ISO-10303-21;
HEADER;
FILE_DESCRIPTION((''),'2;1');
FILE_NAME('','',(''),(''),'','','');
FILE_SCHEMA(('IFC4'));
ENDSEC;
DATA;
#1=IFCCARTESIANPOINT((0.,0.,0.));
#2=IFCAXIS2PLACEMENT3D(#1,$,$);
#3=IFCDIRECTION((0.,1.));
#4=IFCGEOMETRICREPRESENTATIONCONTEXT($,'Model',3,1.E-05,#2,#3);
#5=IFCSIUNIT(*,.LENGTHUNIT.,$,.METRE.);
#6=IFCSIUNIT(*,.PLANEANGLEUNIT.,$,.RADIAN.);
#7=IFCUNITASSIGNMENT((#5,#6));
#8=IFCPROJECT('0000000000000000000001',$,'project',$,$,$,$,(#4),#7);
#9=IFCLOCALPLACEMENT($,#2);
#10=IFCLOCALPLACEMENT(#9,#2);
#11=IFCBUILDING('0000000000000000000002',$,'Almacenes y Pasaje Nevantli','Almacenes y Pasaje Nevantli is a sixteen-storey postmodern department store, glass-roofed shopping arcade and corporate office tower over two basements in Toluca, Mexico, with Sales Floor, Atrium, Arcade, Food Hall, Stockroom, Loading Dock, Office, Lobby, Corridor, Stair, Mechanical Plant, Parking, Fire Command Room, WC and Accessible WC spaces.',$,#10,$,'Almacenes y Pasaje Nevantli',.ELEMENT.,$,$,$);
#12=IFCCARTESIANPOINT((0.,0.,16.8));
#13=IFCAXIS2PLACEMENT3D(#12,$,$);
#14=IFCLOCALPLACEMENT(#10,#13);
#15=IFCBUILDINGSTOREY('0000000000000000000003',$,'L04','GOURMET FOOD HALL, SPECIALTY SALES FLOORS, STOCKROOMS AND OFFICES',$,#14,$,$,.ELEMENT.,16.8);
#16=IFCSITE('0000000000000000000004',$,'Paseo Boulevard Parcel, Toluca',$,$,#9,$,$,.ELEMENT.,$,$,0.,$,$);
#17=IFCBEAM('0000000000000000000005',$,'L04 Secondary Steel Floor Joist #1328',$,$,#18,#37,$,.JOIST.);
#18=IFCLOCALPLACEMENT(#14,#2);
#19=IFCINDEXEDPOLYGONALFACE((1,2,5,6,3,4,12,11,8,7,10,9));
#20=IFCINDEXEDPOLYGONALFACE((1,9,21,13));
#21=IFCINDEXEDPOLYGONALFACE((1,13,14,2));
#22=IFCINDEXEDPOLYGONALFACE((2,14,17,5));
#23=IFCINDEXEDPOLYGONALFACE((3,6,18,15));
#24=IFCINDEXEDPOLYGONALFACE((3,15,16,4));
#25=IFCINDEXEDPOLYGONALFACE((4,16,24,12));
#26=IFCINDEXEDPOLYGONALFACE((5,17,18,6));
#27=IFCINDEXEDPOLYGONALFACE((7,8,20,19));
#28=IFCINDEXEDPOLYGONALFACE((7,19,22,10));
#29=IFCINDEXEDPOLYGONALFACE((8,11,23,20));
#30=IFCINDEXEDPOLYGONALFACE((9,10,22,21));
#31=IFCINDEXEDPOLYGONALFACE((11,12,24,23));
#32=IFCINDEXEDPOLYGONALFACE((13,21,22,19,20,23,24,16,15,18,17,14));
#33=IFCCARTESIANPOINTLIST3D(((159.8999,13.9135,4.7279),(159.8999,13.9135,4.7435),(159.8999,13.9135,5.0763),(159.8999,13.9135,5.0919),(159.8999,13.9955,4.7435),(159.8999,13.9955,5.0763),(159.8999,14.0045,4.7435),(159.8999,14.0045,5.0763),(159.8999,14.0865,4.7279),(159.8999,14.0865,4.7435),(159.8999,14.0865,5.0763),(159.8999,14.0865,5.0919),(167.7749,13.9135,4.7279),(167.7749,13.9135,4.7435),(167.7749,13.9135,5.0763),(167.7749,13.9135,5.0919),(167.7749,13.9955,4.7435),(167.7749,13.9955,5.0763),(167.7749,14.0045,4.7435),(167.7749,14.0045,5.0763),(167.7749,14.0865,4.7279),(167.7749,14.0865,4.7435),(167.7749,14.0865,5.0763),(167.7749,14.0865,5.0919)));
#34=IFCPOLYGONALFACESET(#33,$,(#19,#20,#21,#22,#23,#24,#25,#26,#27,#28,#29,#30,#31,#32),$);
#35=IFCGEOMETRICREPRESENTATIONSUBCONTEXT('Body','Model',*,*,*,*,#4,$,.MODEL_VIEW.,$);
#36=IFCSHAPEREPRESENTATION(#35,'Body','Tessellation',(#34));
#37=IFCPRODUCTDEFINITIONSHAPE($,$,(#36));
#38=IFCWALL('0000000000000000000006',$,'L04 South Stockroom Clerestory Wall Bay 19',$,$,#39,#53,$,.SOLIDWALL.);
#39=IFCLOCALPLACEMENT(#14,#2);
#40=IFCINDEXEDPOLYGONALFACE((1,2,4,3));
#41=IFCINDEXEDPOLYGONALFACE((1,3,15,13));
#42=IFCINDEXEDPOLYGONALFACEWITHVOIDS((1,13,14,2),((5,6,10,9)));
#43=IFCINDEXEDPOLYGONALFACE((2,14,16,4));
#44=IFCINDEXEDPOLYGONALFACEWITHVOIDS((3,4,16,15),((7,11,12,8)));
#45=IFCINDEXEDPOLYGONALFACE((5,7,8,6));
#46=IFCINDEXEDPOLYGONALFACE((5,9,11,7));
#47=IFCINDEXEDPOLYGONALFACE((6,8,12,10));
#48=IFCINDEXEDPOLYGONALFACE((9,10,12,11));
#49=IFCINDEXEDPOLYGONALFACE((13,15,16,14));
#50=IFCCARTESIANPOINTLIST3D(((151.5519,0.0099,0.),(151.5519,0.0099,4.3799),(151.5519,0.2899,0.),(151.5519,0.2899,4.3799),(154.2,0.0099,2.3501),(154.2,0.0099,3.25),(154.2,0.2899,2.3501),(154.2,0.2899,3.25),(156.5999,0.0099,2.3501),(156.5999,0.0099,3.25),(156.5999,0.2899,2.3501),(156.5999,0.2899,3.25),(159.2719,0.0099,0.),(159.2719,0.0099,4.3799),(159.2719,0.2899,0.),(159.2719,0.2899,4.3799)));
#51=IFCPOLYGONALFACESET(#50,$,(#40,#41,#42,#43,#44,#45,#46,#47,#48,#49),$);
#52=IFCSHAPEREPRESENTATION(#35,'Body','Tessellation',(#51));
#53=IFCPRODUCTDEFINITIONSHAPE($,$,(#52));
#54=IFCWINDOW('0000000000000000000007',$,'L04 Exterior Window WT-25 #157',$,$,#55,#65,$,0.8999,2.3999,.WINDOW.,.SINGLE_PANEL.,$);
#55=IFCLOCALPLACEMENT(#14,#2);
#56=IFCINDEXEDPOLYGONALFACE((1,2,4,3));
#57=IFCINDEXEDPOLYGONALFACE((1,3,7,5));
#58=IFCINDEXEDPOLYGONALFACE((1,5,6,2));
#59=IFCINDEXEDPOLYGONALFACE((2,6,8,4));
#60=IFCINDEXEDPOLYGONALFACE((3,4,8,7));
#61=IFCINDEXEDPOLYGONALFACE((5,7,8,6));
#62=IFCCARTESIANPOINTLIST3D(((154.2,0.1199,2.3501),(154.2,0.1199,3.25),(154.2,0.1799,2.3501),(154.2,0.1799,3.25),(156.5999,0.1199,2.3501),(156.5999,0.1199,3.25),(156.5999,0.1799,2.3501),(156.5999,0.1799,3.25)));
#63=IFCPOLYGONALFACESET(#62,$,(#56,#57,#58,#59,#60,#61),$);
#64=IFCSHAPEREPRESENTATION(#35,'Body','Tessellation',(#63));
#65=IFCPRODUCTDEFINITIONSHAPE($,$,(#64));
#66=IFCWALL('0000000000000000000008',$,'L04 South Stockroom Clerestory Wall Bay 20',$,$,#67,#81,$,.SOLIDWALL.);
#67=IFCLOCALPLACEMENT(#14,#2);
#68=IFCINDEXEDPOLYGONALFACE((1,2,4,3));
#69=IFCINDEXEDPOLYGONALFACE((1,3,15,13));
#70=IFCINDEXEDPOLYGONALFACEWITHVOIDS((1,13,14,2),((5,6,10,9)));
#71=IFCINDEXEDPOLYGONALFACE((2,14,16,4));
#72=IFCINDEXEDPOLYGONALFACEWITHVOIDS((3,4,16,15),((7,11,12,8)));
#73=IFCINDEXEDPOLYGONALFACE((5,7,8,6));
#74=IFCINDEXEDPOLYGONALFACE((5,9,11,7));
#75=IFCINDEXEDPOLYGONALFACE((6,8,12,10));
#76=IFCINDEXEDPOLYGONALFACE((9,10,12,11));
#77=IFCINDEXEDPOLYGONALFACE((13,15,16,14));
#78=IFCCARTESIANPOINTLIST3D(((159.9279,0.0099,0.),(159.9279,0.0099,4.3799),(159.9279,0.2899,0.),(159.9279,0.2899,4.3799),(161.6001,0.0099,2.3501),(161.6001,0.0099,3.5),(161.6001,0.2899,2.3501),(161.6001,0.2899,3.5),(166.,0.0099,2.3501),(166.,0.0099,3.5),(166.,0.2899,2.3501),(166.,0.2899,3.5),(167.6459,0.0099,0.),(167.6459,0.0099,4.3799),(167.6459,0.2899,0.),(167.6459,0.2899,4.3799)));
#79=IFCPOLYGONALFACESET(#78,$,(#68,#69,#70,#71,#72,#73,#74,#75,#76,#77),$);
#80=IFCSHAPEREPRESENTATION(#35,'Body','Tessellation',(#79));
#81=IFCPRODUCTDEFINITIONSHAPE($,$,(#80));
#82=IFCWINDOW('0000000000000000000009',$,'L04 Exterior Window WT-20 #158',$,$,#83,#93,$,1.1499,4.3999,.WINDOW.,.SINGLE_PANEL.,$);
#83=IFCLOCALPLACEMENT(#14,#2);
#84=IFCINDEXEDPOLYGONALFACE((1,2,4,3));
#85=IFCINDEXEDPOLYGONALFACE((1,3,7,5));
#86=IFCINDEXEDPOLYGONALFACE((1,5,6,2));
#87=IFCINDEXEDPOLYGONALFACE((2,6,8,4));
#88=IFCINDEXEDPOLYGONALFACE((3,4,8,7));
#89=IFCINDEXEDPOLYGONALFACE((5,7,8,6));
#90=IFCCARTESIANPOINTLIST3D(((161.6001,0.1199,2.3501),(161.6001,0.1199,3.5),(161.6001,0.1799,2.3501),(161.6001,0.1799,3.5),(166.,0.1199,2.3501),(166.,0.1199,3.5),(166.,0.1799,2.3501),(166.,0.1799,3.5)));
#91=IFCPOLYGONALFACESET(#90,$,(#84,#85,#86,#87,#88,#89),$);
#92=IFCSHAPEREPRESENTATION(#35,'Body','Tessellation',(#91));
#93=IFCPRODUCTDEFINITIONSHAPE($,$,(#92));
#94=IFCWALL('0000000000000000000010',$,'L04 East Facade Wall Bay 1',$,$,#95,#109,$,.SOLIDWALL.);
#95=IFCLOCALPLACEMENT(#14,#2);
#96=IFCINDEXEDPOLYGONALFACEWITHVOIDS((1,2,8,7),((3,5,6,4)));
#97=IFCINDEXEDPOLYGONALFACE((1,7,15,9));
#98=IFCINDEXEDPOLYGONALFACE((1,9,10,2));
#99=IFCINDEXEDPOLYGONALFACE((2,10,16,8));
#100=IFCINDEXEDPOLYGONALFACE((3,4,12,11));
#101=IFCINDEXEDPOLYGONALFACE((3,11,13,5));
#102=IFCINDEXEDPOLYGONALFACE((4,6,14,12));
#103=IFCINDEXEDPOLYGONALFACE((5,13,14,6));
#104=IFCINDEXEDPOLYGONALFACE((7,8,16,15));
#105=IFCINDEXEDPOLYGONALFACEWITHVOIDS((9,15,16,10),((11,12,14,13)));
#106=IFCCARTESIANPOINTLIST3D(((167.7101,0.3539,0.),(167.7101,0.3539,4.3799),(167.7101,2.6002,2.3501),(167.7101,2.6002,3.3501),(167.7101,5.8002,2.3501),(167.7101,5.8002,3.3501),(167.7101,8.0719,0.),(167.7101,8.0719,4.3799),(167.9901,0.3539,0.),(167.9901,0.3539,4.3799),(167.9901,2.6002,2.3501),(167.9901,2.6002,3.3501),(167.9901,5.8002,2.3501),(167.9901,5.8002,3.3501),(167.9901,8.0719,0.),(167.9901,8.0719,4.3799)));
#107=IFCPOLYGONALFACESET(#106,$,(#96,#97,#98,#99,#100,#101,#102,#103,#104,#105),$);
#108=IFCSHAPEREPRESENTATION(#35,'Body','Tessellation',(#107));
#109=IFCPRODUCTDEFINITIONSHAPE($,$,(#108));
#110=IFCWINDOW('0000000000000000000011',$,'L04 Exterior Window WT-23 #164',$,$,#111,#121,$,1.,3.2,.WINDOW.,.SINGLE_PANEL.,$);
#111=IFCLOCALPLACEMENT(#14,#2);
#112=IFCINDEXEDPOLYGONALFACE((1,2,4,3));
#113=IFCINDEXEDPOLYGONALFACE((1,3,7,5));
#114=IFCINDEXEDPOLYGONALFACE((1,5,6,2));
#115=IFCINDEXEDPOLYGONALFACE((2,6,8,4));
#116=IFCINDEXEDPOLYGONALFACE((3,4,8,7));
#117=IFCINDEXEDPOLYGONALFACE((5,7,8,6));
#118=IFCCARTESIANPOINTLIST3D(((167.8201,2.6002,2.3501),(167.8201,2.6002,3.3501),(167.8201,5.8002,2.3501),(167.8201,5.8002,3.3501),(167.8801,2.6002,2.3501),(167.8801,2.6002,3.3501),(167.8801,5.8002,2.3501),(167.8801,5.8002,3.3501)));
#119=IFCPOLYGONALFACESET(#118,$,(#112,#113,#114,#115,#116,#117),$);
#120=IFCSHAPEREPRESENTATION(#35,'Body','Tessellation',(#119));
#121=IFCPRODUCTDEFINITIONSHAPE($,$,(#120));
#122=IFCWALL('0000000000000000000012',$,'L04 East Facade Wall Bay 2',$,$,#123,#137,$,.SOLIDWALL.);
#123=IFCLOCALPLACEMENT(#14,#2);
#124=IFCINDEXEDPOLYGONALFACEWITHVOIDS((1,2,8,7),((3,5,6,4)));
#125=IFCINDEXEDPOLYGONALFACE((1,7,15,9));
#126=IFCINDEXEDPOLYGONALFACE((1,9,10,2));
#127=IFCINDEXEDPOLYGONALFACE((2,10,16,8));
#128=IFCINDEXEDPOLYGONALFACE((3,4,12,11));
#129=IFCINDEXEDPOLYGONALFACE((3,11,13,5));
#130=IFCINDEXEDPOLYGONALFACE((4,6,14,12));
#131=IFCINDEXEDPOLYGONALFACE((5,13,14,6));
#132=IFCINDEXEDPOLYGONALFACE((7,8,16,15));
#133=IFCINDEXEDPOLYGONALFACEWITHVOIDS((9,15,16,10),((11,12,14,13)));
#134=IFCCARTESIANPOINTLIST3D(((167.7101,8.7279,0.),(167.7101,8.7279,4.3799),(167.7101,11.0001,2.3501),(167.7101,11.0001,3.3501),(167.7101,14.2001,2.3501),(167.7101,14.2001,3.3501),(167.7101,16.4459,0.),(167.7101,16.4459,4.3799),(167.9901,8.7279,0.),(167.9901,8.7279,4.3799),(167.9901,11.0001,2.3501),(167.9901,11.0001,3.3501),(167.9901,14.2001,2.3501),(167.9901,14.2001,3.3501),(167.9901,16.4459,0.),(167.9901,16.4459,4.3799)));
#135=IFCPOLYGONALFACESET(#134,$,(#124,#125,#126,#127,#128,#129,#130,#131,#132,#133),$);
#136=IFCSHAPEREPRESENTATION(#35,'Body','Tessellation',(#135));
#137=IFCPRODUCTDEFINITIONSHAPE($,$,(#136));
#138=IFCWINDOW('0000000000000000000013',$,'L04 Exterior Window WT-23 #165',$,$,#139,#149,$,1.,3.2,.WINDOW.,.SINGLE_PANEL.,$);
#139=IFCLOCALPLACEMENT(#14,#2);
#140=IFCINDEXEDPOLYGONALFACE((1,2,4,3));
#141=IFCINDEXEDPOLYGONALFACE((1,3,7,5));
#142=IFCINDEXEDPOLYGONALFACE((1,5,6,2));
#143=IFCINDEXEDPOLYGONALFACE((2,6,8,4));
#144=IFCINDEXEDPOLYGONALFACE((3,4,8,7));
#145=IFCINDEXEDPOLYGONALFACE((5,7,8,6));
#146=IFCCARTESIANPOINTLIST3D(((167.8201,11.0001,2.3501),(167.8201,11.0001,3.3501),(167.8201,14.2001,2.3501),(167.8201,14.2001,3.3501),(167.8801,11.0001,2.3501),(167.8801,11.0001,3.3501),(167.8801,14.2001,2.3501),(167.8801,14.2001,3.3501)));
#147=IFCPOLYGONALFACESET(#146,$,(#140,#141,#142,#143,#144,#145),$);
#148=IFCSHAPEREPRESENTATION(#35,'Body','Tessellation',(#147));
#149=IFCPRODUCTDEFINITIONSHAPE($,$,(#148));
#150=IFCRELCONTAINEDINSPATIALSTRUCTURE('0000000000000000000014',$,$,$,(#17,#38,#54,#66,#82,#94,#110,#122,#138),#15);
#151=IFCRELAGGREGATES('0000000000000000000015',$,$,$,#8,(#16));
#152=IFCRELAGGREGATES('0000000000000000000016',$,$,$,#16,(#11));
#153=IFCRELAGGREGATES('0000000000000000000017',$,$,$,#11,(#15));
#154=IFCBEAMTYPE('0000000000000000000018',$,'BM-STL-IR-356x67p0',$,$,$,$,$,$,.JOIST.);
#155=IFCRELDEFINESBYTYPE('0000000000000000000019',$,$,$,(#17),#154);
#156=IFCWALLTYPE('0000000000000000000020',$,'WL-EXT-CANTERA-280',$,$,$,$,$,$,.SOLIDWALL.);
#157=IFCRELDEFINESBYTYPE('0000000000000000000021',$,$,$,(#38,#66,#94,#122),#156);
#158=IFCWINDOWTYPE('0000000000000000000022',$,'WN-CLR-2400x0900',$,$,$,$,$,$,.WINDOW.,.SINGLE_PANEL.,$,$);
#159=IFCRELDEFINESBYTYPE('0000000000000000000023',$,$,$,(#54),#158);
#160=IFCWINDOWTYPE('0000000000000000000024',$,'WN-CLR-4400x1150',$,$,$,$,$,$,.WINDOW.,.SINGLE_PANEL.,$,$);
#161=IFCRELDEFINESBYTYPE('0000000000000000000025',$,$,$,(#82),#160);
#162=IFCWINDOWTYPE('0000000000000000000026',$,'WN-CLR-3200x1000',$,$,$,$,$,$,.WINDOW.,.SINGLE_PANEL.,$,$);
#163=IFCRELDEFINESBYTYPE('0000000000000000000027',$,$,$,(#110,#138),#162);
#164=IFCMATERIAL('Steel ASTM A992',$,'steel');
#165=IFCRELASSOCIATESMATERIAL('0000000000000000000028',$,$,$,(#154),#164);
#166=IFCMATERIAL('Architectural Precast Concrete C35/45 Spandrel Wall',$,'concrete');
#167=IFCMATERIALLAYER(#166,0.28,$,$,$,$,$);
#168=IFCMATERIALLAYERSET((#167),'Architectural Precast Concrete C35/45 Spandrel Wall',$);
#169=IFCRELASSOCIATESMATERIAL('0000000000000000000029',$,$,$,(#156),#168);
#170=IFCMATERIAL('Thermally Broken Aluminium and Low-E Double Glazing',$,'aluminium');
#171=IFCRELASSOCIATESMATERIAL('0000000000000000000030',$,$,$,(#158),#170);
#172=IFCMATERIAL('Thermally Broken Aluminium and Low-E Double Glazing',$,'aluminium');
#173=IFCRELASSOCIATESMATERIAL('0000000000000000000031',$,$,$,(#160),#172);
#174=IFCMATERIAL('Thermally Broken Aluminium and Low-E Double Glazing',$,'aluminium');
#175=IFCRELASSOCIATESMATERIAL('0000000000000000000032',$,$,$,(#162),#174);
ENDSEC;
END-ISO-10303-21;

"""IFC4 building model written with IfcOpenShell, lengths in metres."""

from ifc_helpers import new_model, si_unit, direction, frame, frame_2d, origin, origin_2d, place, context, subcontext, project, spatial, rectangle, i_section, extrude, material, layer, layer_set, material_profile, profile_set, type_object, element, fill, save


model = new_model("IFC4")

# Units and contexts
model_context = context("Model", 3, precision=1e-05, world=origin(), true_north=direction((0.0, 1.0)))
body_context = subcontext(model_context, "Body", "Model", "MODEL_VIEW")
ifc_project = project(units=[si_unit("LENGTHUNIT", "METRE"), si_unit("PLANEANGLEUNIT", "RADIAN")], contexts=[model_context])

# Site, building, storey
site_placement = place(None, origin())
site = spatial("IfcSite", under=ifc_project, at=site_placement, Name="Paseo Boulevard Parcel, Toluca", CompositionType="ELEMENT", RefElevation=0.0)
building_placement = place(site_placement, origin())
building = spatial("IfcBuilding", under=site, at=building_placement, Name="Almacenes y Pasaje Nevantli", Description="Almacenes y Pasaje Nevantli is a sixteen-storey postmodern department store, glass-roofed shopping arcade and corporate office tower over two basements in Toluca, Mexico, with Sales Floor, Atrium, Arcade, Food Hall, Stockroom, Loading Dock, Office, Lobby, Corridor, Stair, Mechanical Plant, Parking, Fire Command Room, WC and Accessible WC spaces.", LongName="Almacenes y Pasaje Nevantli", CompositionType="ELEMENT")
storey_placement = place(building_placement, frame((0.0, 0.0, 16.8)))
storey = spatial("IfcBuildingStorey", under=building, at=storey_placement, Name="L04", Description="GOURMET FOOD HALL, SPECIALTY SALES FLOORS, STOCKROOMS AND OFFICES", CompositionType="ELEMENT", Elevation=16.8)

# Beam
ifc_material_1 = material(Name="Steel ASTM A992", Category="steel")
ifc_material_profile_1 = material_profile(ifc_material_1, i_section(OverallWidth=0.1731, OverallDepth=0.364, WebThickness=0.009, FlangeThickness=0.0156, at=origin_2d()), Name="IR 356x67.0")
ifc_profile_set_1 = profile_set([ifc_material_profile_1], Name="Steel ASTM A992")
beam_type_1 = type_object("IfcBeamType", Name="BM-STL-IR-356x67p0", PredefinedType="JOIST", material=ifc_profile_set_1)
for number, where, z_axis, x_axis, name in (
    (1, (159.8999, 14.0, 4.9099), (1.0, 0.0, 0.0), (0.0, 1.0, 0.0), "L04 Secondary Steel Floor Joist #1328"),
):
    element("IfcBeam", number, at=place(storey_placement, frame(where, z_axis=z_axis, x_axis=x_axis)), inside=storey, type_object=beam_type_1, Name=name, PredefinedType="JOIST", context=body_context, shape_type="SweptSolid", body=[
        extrude(i_section(OverallWidth=0.1731, OverallDepth=0.364, WebThickness=0.009, FlangeThickness=0.0156, at=origin_2d()), origin(), (0.0, 0.0, 1.0), 7.875),
    ])

# Walls, openings, windows
ifc_material_2 = material(Name="Architectural Precast Concrete C35/45 Spandrel Wall", Category="concrete")
ifc_layer = layer(ifc_material_2, 0.28)
ifc_layer_set = layer_set([ifc_layer], Name="Architectural Precast Concrete C35/45 Spandrel Wall")
wall_type = type_object("IfcWallType", Name="WL-EXT-CANTERA-280", PredefinedType="SOLIDWALL", material=ifc_layer_set)
wall_1_placement = place(storey_placement, frame((151.552, 0.1499, 0.0), z_axis=(0.0, 0.0, 1.0), x_axis=(1.0, 0.0, 0.0)))
wall_1 = element("IfcWall", 2, at=wall_1_placement, inside=storey, type_object=wall_type, Name="L04 South Stockroom Clerestory Wall Bay 19", PredefinedType="SOLIDWALL", context=body_context, shape_type="SweptSolid", body=[
    extrude(rectangle(XDim=7.72, YDim=0.28, at=frame_2d((3.8599, 0.0))), origin(), (0.0, 0.0, 1.0), 4.3799),
])
opening_1_placement = place(wall_1_placement, frame((2.6479, 0.0, 2.3501)))
opening_1 = element("IfcOpeningElement", 3, at=opening_1_placement, cuts=wall_1, PredefinedType="OPENING", context=body_context, shape_type="SweptSolid", body=[
    extrude(rectangle(XDim=2.3999, YDim=0.8999, at=frame_2d((1.2, 0.45))), frame((0.0, 0.1499, 0.0), z_axis=(0.0, -1.0, 0.0), x_axis=(1.0, 0.0, 0.0)), (0.0, 0.0, 1.0), 0.3),
])
ifc_material_3 = material(Name="Thermally Broken Aluminium and Low-E Double Glazing", Category="aluminium")
window_type_1 = type_object("IfcWindowType", Name="WN-CLR-2400x0900", PartitioningType="SINGLE_PANEL", PredefinedType="WINDOW", material=ifc_material_3)
window_1_placement = place(opening_1_placement, origin())
window_1 = element("IfcWindow", 4, at=window_1_placement, inside=storey, type_object=window_type_1, Name="L04 Exterior Window WT-25 #157", OverallHeight=0.8999, OverallWidth=2.3999, PartitioningType="SINGLE_PANEL", PredefinedType="WINDOW", context=body_context, shape_type="SweptSolid", body=[
    extrude(rectangle(XDim=2.3999, YDim=0.8999, at=frame_2d((1.2, 0.45))), frame((0.0, 0.03, 0.0), z_axis=(0.0, -1.0, 0.0), x_axis=(1.0, 0.0, 0.0)), (0.0, 0.0, 1.0), 0.0601),
])
fill(opening_1, window_1)
wall_2_placement = place(storey_placement, frame((159.928, 0.1499, 0.0), z_axis=(0.0, 0.0, 1.0), x_axis=(1.0, 0.0, 0.0)))
wall_2 = element("IfcWall", 5, at=wall_2_placement, inside=storey, type_object=wall_type, Name="L04 South Stockroom Clerestory Wall Bay 20", PredefinedType="SOLIDWALL", context=body_context, shape_type="SweptSolid", body=[
    extrude(rectangle(XDim=7.718, YDim=0.28, at=frame_2d((3.8589, 0.0))), origin(), (0.0, 0.0, 1.0), 4.3799),
])
opening_2_placement = place(wall_2_placement, frame((1.6721, 0.0, 2.3501)))
opening_2 = element("IfcOpeningElement", 6, at=opening_2_placement, cuts=wall_2, PredefinedType="OPENING", context=body_context, shape_type="SweptSolid", body=[
    extrude(rectangle(XDim=4.3999, YDim=1.1499, at=frame_2d((2.2, 0.575))), frame((0.0, 0.1499, 0.0), z_axis=(0.0, -1.0, 0.0), x_axis=(1.0, 0.0, 0.0)), (0.0, 0.0, 1.0), 0.3),
])
ifc_material_4 = material(Name="Thermally Broken Aluminium and Low-E Double Glazing", Category="aluminium")
window_type_2 = type_object("IfcWindowType", Name="WN-CLR-4400x1150", PartitioningType="SINGLE_PANEL", PredefinedType="WINDOW", material=ifc_material_4)
window_2_placement = place(opening_2_placement, origin())
window_2 = element("IfcWindow", 7, at=window_2_placement, inside=storey, type_object=window_type_2, Name="L04 Exterior Window WT-20 #158", OverallHeight=1.1499, OverallWidth=4.3999, PartitioningType="SINGLE_PANEL", PredefinedType="WINDOW", context=body_context, shape_type="SweptSolid", body=[
    extrude(rectangle(XDim=4.3999, YDim=1.1499, at=frame_2d((2.2, 0.575))), frame((0.0, 0.03, 0.0), z_axis=(0.0, -1.0, 0.0), x_axis=(1.0, 0.0, 0.0)), (0.0, 0.0, 1.0), 0.0601),
])
fill(opening_2, window_2)
wall_3_placement = place(storey_placement, frame((167.8501, 0.354, 0.0), z_axis=(0.0, 0.0, 1.0), x_axis=(0.0, 1.0, 0.0)))
wall_3 = element("IfcWall", 8, at=wall_3_placement, inside=storey, type_object=wall_type, Name="L04 East Facade Wall Bay 1", PredefinedType="SOLIDWALL", context=body_context, shape_type="SweptSolid", body=[
    extrude(rectangle(XDim=7.718, YDim=0.28, at=frame_2d((3.8589, 0.0))), origin(), (0.0, 0.0, 1.0), 4.3799),
])
opening_3_placement = place(wall_3_placement, frame((2.2461, 0.0, 2.3501)))
opening_3 = element("IfcOpeningElement", 9, at=opening_3_placement, cuts=wall_3, PredefinedType="OPENING", context=body_context, shape_type="SweptSolid", body=[
    extrude(rectangle(XDim=3.2, YDim=1.0, at=frame_2d((1.6001, 0.5))), frame((0.0, 0.1499, 0.0), z_axis=(0.0, -1.0, 0.0), x_axis=(1.0, 0.0, 0.0)), (0.0, 0.0, 1.0), 0.3),
])
ifc_material_5 = material(Name="Thermally Broken Aluminium and Low-E Double Glazing", Category="aluminium")
window_type_3 = type_object("IfcWindowType", Name="WN-CLR-3200x1000", PartitioningType="SINGLE_PANEL", PredefinedType="WINDOW", material=ifc_material_5)
window_3_placement = place(opening_3_placement, origin())
window_3 = element("IfcWindow", 10, at=window_3_placement, inside=storey, type_object=window_type_3, Name="L04 Exterior Window WT-23 #164", OverallHeight=1.0, OverallWidth=3.2, PartitioningType="SINGLE_PANEL", PredefinedType="WINDOW", context=body_context, shape_type="SweptSolid", body=[
    extrude(rectangle(XDim=3.2, YDim=1.0, at=frame_2d((1.6001, 0.5))), frame((0.0, 0.03, 0.0), z_axis=(0.0, -1.0, 0.0), x_axis=(1.0, 0.0, 0.0)), (0.0, 0.0, 1.0), 0.0601),
])
fill(opening_3, window_3)
wall_4_placement = place(storey_placement, frame((167.8501, 8.728, 0.0), z_axis=(0.0, 0.0, 1.0), x_axis=(0.0, 1.0, 0.0)))
wall_4 = element("IfcWall", 11, at=wall_4_placement, inside=storey, type_object=wall_type, Name="L04 East Facade Wall Bay 2", PredefinedType="SOLIDWALL", context=body_context, shape_type="SweptSolid", body=[
    extrude(rectangle(XDim=7.718, YDim=0.28, at=frame_2d((3.8589, 0.0))), origin(), (0.0, 0.0, 1.0), 4.3799),
])
opening_4_placement = place(wall_4_placement, frame((2.272, 0.0, 2.3501)))
opening_4 = element("IfcOpeningElement", 12, at=opening_4_placement, cuts=wall_4, PredefinedType="OPENING", context=body_context, shape_type="SweptSolid", body=[
    extrude(rectangle(XDim=3.2, YDim=1.0, at=frame_2d((1.6001, 0.5))), frame((0.0, 0.1499, 0.0), z_axis=(0.0, -1.0, 0.0), x_axis=(1.0, 0.0, 0.0)), (0.0, 0.0, 1.0), 0.3),
])
window_4_placement = place(opening_4_placement, origin())
window_4 = element("IfcWindow", 13, at=window_4_placement, inside=storey, type_object=window_type_3, Name="L04 Exterior Window WT-23 #165", OverallHeight=1.0, OverallWidth=3.2, PartitioningType="SINGLE_PANEL", PredefinedType="WINDOW", context=body_context, shape_type="SweptSolid", body=[
    extrude(rectangle(XDim=3.2, YDim=1.0, at=frame_2d((1.6001, 0.5))), frame((0.0, 0.03, 0.0), z_axis=(0.0, -1.0, 0.0), x_axis=(1.0, 0.0, 0.0)), (0.0, 0.0, 1.0), 0.0601),
])
fill(opening_4, window_4)

save(model, "model.ifc")
